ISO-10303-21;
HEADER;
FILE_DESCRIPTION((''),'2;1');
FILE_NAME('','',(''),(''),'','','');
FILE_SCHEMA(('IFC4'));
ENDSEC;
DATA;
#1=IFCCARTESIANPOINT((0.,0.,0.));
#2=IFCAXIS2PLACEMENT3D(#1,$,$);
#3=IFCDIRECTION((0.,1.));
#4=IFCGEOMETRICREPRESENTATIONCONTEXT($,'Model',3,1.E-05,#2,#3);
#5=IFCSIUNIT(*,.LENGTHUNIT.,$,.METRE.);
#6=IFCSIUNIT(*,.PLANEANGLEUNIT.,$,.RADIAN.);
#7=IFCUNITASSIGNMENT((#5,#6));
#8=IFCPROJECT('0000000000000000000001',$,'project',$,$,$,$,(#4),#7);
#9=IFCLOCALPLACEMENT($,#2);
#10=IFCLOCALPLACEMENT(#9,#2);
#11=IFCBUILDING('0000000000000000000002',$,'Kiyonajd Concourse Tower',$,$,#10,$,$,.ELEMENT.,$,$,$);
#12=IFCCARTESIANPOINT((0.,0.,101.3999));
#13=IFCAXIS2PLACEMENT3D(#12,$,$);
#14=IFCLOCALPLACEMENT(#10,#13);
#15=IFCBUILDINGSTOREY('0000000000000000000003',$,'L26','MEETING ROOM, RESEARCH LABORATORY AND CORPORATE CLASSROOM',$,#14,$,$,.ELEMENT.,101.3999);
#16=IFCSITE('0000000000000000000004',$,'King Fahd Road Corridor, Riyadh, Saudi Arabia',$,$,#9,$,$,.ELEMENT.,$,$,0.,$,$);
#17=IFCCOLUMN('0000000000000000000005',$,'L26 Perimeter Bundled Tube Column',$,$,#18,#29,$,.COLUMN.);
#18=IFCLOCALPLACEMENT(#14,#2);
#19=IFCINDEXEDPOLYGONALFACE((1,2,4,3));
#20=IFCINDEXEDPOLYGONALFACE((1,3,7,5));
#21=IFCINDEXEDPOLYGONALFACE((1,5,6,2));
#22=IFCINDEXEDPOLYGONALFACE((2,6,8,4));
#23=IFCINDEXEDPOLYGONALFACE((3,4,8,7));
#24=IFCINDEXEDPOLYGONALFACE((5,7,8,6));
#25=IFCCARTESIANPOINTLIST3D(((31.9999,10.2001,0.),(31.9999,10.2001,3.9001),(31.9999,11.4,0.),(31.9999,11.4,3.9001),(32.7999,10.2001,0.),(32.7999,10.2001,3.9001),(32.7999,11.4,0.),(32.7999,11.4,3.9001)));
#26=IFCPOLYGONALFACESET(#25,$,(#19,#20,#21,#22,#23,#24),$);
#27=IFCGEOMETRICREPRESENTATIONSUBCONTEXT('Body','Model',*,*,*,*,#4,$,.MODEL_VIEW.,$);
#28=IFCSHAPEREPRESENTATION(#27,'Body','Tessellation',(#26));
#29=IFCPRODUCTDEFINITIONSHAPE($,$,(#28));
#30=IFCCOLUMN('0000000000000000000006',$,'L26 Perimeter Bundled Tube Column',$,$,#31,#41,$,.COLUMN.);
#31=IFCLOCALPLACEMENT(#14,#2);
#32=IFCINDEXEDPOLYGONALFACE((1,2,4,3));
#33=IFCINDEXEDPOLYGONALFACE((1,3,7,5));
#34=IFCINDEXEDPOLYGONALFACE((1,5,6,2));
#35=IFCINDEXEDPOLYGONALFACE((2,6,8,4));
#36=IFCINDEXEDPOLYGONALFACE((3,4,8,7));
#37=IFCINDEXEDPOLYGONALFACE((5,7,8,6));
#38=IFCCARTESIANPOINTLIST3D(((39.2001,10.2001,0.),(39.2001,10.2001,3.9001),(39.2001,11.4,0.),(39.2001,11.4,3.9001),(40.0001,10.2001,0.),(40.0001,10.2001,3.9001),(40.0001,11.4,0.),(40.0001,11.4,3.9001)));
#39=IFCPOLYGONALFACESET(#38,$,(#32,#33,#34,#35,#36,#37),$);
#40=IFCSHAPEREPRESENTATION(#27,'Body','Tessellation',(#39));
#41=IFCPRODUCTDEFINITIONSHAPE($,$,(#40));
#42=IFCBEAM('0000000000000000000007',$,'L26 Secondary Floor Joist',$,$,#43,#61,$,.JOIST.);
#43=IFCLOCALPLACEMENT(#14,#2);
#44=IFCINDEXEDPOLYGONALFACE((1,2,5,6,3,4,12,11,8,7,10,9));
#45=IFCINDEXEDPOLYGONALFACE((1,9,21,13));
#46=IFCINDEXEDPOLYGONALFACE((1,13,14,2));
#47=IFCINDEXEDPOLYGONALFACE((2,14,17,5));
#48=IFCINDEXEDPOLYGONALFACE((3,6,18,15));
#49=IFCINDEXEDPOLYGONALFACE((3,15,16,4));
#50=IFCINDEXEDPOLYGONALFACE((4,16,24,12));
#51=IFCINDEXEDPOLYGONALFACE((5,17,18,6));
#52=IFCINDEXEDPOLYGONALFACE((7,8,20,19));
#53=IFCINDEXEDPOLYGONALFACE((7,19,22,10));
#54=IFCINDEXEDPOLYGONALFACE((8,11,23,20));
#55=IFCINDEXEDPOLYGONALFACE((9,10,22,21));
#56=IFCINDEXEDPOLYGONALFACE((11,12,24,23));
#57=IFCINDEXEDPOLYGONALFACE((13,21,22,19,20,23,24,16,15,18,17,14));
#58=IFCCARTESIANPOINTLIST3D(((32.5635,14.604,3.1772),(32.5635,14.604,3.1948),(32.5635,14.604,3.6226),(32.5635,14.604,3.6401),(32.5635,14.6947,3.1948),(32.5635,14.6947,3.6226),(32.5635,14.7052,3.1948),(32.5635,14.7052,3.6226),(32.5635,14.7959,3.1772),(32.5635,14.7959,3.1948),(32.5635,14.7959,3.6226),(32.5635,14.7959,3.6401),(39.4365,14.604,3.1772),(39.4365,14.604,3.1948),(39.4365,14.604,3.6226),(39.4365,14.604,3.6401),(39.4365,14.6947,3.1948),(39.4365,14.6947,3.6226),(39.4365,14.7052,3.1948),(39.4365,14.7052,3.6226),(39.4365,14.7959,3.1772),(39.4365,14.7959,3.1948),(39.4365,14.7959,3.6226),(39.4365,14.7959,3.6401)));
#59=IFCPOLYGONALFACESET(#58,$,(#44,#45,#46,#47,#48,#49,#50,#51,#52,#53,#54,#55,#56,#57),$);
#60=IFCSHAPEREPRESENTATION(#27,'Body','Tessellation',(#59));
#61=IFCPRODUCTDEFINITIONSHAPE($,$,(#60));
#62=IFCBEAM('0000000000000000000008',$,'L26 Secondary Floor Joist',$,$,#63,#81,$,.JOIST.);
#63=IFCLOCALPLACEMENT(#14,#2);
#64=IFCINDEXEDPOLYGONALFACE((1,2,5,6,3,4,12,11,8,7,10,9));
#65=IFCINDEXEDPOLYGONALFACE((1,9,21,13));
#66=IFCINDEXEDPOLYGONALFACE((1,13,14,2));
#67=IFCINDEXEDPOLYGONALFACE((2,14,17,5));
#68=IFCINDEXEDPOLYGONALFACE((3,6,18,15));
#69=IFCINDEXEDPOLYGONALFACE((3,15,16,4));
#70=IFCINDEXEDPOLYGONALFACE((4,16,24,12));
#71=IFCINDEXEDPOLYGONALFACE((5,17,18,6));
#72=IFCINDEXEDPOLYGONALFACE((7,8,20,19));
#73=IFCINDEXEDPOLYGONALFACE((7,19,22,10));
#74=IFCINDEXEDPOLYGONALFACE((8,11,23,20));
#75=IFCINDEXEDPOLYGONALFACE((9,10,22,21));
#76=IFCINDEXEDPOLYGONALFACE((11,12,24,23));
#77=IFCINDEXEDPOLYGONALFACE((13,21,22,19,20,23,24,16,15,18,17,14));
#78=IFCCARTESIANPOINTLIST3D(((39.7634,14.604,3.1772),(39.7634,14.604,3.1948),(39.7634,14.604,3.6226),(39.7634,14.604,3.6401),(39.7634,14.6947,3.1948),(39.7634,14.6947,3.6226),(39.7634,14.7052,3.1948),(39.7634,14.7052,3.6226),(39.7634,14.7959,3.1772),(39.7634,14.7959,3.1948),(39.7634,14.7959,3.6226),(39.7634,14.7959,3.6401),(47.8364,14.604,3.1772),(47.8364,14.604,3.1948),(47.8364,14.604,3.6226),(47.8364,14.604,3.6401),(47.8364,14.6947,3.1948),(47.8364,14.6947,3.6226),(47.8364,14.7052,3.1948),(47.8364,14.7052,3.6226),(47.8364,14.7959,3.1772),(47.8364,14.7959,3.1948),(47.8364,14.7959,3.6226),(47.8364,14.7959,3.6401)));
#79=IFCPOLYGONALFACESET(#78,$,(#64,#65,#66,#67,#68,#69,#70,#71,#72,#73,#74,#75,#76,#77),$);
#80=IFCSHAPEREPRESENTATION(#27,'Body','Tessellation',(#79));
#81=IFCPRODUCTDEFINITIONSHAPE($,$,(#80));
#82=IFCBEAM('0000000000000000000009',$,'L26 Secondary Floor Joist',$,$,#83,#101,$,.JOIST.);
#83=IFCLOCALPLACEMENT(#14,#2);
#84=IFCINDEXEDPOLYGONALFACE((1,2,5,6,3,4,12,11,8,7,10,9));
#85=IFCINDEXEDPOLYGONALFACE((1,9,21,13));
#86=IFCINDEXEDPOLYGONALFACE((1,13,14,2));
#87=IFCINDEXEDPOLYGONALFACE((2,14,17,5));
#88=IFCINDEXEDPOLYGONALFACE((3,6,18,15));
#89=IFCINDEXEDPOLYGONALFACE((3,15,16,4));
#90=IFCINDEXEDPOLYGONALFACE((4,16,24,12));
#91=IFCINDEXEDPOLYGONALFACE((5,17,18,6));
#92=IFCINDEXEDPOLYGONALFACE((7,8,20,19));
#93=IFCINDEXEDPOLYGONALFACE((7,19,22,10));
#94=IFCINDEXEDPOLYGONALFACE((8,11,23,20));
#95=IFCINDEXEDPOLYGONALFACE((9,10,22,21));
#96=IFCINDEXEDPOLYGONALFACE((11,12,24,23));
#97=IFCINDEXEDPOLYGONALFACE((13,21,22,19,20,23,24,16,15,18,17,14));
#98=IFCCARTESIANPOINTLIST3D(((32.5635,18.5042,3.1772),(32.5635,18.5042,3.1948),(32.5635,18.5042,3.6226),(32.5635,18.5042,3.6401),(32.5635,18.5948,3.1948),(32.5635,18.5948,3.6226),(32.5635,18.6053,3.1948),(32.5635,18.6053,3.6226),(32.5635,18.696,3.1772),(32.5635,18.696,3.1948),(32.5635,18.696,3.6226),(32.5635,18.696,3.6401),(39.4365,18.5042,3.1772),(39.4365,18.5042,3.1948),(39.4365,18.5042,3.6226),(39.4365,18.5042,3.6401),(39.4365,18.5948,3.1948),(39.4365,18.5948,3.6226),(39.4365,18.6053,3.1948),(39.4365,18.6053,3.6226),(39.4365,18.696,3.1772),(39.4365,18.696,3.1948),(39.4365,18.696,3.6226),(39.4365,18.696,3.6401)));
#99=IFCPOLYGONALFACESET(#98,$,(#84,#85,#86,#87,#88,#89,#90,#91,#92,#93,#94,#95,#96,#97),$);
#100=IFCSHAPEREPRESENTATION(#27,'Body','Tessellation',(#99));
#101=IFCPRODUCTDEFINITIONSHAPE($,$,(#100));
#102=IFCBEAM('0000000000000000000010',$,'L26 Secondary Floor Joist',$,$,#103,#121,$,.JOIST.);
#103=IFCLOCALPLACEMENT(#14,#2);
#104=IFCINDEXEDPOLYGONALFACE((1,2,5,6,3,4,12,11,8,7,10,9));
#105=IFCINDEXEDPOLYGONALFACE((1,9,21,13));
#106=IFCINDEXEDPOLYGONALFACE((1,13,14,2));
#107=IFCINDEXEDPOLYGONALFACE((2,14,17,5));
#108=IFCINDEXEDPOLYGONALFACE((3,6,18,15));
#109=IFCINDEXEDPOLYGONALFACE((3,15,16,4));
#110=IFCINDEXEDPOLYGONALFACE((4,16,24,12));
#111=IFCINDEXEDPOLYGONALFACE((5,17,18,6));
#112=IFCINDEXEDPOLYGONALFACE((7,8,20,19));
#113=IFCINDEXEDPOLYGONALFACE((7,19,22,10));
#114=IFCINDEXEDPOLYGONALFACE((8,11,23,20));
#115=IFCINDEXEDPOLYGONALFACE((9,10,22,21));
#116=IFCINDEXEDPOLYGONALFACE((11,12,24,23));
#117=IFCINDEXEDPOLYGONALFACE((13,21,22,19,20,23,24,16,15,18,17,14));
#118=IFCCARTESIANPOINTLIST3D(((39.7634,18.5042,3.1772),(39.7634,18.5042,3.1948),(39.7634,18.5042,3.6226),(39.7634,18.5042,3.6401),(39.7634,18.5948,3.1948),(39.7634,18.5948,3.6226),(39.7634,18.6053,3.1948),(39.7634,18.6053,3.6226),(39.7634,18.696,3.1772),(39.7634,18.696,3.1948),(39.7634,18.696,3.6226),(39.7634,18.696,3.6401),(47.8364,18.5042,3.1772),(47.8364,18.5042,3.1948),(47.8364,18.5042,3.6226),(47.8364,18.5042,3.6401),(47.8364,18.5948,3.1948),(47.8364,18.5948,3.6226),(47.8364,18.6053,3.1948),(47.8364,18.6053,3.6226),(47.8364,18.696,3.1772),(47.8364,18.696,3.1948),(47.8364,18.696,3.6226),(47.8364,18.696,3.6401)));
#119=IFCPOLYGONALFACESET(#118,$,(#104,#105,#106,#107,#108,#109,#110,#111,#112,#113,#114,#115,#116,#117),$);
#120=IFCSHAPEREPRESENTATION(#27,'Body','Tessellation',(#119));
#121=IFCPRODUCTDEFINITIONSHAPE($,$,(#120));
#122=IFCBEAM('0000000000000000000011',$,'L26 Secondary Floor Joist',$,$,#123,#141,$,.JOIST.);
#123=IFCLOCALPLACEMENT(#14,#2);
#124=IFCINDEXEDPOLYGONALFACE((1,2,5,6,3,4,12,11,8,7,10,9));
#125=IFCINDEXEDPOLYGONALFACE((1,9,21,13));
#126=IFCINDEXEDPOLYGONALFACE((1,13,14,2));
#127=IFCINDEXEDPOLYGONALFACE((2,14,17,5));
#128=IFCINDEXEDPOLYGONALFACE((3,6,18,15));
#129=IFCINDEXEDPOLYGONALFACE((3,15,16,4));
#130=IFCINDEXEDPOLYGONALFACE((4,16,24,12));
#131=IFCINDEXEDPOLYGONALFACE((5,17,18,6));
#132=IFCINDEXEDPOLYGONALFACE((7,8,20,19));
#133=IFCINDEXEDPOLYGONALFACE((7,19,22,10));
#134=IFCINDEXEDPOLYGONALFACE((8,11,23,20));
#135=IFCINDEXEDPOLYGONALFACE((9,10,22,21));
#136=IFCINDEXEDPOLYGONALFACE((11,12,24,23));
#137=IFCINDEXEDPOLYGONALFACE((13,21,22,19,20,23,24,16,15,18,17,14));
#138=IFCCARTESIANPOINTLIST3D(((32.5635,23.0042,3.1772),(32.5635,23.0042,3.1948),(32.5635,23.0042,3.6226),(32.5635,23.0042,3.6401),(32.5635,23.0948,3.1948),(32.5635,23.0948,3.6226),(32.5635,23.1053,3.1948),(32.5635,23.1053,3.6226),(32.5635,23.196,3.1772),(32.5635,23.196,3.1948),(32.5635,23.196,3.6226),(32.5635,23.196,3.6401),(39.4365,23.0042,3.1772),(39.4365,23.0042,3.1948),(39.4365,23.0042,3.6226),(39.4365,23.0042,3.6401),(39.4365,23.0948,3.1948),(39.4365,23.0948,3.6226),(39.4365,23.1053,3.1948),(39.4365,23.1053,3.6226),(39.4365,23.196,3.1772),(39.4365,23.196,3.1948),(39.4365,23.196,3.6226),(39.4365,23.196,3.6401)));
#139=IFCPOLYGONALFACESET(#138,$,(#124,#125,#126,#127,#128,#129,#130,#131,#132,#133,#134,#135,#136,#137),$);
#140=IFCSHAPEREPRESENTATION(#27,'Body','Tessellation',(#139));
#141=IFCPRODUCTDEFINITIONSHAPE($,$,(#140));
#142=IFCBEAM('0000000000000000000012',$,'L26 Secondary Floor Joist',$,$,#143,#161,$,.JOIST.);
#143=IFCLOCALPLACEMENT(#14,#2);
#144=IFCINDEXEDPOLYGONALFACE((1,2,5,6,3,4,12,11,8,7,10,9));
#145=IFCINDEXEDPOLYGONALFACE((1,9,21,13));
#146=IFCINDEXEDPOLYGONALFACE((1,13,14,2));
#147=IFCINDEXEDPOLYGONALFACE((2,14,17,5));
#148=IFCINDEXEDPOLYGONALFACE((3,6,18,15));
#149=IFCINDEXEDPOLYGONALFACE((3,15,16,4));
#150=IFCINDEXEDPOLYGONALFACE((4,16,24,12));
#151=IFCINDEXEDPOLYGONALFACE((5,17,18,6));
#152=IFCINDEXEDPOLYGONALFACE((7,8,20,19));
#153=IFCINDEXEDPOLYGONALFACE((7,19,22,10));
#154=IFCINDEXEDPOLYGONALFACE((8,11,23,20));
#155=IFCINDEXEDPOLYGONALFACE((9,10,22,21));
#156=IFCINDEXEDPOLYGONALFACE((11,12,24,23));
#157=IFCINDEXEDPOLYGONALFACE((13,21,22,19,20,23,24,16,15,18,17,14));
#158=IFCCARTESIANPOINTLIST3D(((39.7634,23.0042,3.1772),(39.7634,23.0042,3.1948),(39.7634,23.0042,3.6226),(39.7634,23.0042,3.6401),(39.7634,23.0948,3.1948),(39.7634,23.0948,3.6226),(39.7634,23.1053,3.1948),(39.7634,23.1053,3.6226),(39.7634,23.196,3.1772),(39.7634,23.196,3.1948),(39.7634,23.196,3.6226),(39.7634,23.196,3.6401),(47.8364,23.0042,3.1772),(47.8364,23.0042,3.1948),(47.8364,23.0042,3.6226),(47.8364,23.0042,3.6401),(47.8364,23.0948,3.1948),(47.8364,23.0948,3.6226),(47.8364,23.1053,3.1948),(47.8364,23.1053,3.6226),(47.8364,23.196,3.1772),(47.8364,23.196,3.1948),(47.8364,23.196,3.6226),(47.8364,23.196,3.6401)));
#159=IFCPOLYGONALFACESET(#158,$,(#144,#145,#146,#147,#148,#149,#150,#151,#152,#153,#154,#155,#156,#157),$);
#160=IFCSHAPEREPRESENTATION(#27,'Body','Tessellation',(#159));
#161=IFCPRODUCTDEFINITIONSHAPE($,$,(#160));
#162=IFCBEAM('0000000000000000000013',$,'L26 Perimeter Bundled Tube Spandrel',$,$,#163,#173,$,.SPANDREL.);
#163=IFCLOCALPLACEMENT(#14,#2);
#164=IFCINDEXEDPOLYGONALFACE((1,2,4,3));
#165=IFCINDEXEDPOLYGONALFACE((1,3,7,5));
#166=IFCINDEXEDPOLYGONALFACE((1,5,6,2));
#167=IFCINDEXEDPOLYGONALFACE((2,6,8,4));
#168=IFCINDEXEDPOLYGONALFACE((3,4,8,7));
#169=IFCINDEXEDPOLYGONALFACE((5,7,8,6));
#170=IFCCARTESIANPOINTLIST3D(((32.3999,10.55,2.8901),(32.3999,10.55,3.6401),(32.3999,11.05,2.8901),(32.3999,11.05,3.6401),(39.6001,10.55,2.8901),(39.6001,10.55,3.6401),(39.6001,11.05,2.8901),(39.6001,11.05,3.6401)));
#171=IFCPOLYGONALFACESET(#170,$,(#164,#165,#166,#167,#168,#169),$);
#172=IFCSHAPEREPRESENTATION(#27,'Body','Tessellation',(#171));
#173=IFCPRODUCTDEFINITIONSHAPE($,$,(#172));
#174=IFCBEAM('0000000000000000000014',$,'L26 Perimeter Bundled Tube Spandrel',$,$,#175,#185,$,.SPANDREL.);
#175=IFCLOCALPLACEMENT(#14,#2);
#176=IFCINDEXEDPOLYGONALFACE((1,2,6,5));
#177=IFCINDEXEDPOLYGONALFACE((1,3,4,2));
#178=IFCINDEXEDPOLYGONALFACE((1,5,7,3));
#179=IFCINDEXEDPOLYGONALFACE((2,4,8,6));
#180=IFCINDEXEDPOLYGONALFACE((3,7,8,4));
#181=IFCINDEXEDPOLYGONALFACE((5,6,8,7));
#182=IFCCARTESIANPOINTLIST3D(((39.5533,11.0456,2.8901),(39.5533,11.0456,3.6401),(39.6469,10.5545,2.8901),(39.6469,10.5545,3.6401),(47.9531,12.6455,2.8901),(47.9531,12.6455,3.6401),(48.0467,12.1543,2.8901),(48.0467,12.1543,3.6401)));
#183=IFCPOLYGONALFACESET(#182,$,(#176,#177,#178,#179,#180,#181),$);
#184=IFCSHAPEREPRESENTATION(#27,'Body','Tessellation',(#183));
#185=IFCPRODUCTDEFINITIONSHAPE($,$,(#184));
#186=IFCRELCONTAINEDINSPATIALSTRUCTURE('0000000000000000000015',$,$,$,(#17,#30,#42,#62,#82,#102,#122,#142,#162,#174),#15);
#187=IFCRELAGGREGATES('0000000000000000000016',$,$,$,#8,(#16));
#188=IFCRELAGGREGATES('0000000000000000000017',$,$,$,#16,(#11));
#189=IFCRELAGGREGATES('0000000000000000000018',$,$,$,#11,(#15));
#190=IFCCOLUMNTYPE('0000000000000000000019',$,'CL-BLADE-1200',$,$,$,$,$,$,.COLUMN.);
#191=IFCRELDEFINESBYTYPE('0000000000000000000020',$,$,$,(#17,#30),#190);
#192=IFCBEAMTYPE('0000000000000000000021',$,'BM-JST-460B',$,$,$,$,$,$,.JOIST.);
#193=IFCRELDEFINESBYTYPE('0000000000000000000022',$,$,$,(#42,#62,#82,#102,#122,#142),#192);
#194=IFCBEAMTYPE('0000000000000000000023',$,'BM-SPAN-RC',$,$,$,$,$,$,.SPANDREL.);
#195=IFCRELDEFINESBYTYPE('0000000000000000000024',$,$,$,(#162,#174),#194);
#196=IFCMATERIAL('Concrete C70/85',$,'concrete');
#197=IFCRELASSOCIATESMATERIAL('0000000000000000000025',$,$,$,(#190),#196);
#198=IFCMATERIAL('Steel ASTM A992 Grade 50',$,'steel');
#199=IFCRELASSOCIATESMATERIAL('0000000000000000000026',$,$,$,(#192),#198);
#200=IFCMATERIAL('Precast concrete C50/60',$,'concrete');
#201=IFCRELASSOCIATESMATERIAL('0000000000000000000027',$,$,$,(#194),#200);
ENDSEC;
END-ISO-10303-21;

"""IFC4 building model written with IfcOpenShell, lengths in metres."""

from ifc_helpers import new_model, si_unit, direction, frame, origin, origin_2d, place, context, subcontext, project, spatial, rectangle, i_section, extrude, material, material_profile, profile_set, type_object, element, save


model = new_model("IFC4")

# Units and contexts
model_context = context("Model", 3, precision=1e-05, world=origin(), true_north=direction((0.0, 1.0)))
body_context = subcontext(model_context, "Body", "Model", "MODEL_VIEW")
ifc_project = project(units=[si_unit("LENGTHUNIT", "METRE"), si_unit("PLANEANGLEUNIT", "RADIAN")], contexts=[model_context])

# Site, building, storey
site_placement = place(None, origin())
site = spatial("IfcSite", under=ifc_project, at=site_placement, Name="King Fahd Road Corridor, Riyadh, Saudi Arabia", CompositionType="ELEMENT", RefElevation=0.0)
building_placement = place(site_placement, origin())
building = spatial("IfcBuilding", under=site, at=building_placement, Name="Kiyonajd Concourse Tower", CompositionType="ELEMENT")
storey_placement = place(building_placement, frame((0.0, 0.0, 101.3999)))
storey = spatial("IfcBuildingStorey", under=building, at=storey_placement, Name="L26", Description="MEETING ROOM, RESEARCH LABORATORY AND CORPORATE CLASSROOM", CompositionType="ELEMENT", Elevation=101.3999)

# Columns
ifc_material_1 = material(Name="Concrete C70/85", Category="concrete")
ifc_material_profile_1 = material_profile(ifc_material_1, rectangle(XDim=0.8, YDim=1.2, at=origin_2d()), Name="RC-1200x800")
ifc_profile_set_1 = profile_set([ifc_material_profile_1], Name="Concrete C70/85")
column_type = type_object("IfcColumnType", Name="CL-BLADE-1200", PredefinedType="COLUMN", material=ifc_profile_set_1)
for number, where, z_axis, x_axis, name in (
    (1, (32.3999, 10.8, 0.0), (0.0, 0.0, 1.0), (1.0, 0.0, 0.0), "L26 Perimeter Bundled Tube Column"),
    (2, (39.6001, 10.8, 0.0), (0.0, 0.0, 1.0), (1.0, 0.0, 0.0), "L26 Perimeter Bundled Tube Column"),
):
    element("IfcColumn", number, at=place(storey_placement, frame(where, z_axis=z_axis, x_axis=x_axis)), inside=storey, type_object=column_type, Name=name, PredefinedType="COLUMN", context=body_context, shape_type="SweptSolid", body=[
        extrude(rectangle(XDim=0.8, YDim=1.2, at=origin_2d()), origin(), (0.0, 0.0, 1.0), 3.9001),
    ])

# Beams
ifc_material_2 = material(Name="Steel ASTM A992 Grade 50", Category="steel")
ifc_material_profile_2 = material_profile(ifc_material_2, i_section(OverallWidth=0.1919, OverallDepth=0.4629, WebThickness=0.0105, FlangeThickness=0.0176, at=origin_2d()), Name="W460X89")
ifc_profile_set_2 = profile_set([ifc_material_profile_2], Name="Steel ASTM A992 Grade 50")
beam_type_1 = type_object("IfcBeamType", Name="BM-JST-460B", PredefinedType="JOIST", material=ifc_profile_set_2)
beam_1_placement = place(storey_placement, frame((32.5635, 14.7, 3.4087), z_axis=(1.0, 0.0, 0.0), x_axis=(0.0, 1.0, 0.0)))
element("IfcBeam", 3, at=beam_1_placement, inside=storey, type_object=beam_type_1, Name="L26 Secondary Floor Joist", PredefinedType="JOIST", context=body_context, shape_type="SweptSolid", body=[
    extrude(i_section(OverallWidth=0.1919, OverallDepth=0.4629, WebThickness=0.0105, FlangeThickness=0.0176, at=origin_2d()), origin(), (0.0, 0.0, 1.0), 6.873),
])
beam_2_placement = place(storey_placement, frame((39.7634, 14.7, 3.4087), z_axis=(1.0, 0.0, 0.0), x_axis=(0.0, 1.0, 0.0)))
element("IfcBeam", 4, at=beam_2_placement, inside=storey, type_object=beam_type_1, Name="L26 Secondary Floor Joist", PredefinedType="JOIST", context=body_context, shape_type="SweptSolid", body=[
    extrude(i_section(OverallWidth=0.1919, OverallDepth=0.4629, WebThickness=0.0105, FlangeThickness=0.0176, at=origin_2d()), origin(), (0.0, 0.0, 1.0), 8.073),
])
beam_3_placement = place(storey_placement, frame((32.5635, 18.6001, 3.4087), z_axis=(1.0, 0.0, 0.0), x_axis=(0.0, 1.0, 0.0)))
element("IfcBeam", 5, at=beam_3_placement, inside=storey, type_object=beam_type_1, Name="L26 Secondary Floor Joist", PredefinedType="JOIST", context=body_context, shape_type="SweptSolid", body=[
    extrude(i_section(OverallWidth=0.1919, OverallDepth=0.4629, WebThickness=0.0105, FlangeThickness=0.0176, at=origin_2d()), origin(), (0.0, 0.0, 1.0), 6.873),
])
beam_4_placement = place(storey_placement, frame((39.7634, 18.6001, 3.4087), z_axis=(1.0, 0.0, 0.0), x_axis=(0.0, 1.0, 0.0)))
element("IfcBeam", 6, at=beam_4_placement, inside=storey, type_object=beam_type_1, Name="L26 Secondary Floor Joist", PredefinedType="JOIST", context=body_context, shape_type="SweptSolid", body=[
    extrude(i_section(OverallWidth=0.1919, OverallDepth=0.4629, WebThickness=0.0105, FlangeThickness=0.0176, at=origin_2d()), origin(), (0.0, 0.0, 1.0), 8.073),
])
beam_5_placement = place(storey_placement, frame((32.5635, 23.1001, 3.4087), z_axis=(1.0, 0.0, 0.0), x_axis=(0.0, 1.0, 0.0)))
element("IfcBeam", 7, at=beam_5_placement, inside=storey, type_object=beam_type_1, Name="L26 Secondary Floor Joist", PredefinedType="JOIST", context=body_context, shape_type="SweptSolid", body=[
    extrude(i_section(OverallWidth=0.1919, OverallDepth=0.4629, WebThickness=0.0105, FlangeThickness=0.0176, at=origin_2d()), origin(), (0.0, 0.0, 1.0), 6.873),
])
beam_6_placement = place(storey_placement, frame((39.7634, 23.1001, 3.4087), z_axis=(1.0, 0.0, 0.0), x_axis=(0.0, 1.0, 0.0)))
element("IfcBeam", 8, at=beam_6_placement, inside=storey, type_object=beam_type_1, Name="L26 Secondary Floor Joist", PredefinedType="JOIST", context=body_context, shape_type="SweptSolid", body=[
    extrude(i_section(OverallWidth=0.1919, OverallDepth=0.4629, WebThickness=0.0105, FlangeThickness=0.0176, at=origin_2d()), origin(), (0.0, 0.0, 1.0), 8.073),
])
ifc_material_3 = material(Name="Precast concrete C50/60", Category="concrete")
ifc_material_profile_3 = material_profile(ifc_material_3, rectangle(XDim=0.5, YDim=0.75, at=origin_2d()), Name="RCBM-500x750")
ifc_profile_set_3 = profile_set([ifc_material_profile_3], Name="Precast concrete C50/60")
beam_type_2 = type_object("IfcBeamType", Name="BM-SPAN-RC", PredefinedType="SPANDREL", material=ifc_profile_set_3)
beam_7_placement = place(storey_placement, frame((32.3999, 10.8, 3.2651), z_axis=(1.0, 0.0, 0.0), x_axis=(0.0, 1.0, 0.0)))
element("IfcBeam", 9, at=beam_7_placement, inside=storey, type_object=beam_type_2, Name="L26 Perimeter Bundled Tube Spandrel", PredefinedType="SPANDREL", context=body_context, shape_type="SweptSolid", body=[
    extrude(rectangle(XDim=0.5, YDim=0.75, at=origin_2d()), origin(), (0.0, 0.0, 1.0), 7.2002),
])
beam_8_placement = place(storey_placement, frame((39.6001, 10.8, 3.2651), z_axis=(0.982341, 0.187098, 0.0), x_axis=(-0.187098, 0.982341, 0.0)))
element("IfcBeam", 10, at=beam_8_placement, inside=storey, type_object=beam_type_2, Name="L26 Perimeter Bundled Tube Spandrel", PredefinedType="SPANDREL", context=body_context, shape_type="SweptSolid", body=[
    extrude(rectangle(XDim=0.5, YDim=0.75, at=origin_2d()), origin(), (0.0, 0.0, 1.0), 8.5508),
])

save(model, "model.ifc")
